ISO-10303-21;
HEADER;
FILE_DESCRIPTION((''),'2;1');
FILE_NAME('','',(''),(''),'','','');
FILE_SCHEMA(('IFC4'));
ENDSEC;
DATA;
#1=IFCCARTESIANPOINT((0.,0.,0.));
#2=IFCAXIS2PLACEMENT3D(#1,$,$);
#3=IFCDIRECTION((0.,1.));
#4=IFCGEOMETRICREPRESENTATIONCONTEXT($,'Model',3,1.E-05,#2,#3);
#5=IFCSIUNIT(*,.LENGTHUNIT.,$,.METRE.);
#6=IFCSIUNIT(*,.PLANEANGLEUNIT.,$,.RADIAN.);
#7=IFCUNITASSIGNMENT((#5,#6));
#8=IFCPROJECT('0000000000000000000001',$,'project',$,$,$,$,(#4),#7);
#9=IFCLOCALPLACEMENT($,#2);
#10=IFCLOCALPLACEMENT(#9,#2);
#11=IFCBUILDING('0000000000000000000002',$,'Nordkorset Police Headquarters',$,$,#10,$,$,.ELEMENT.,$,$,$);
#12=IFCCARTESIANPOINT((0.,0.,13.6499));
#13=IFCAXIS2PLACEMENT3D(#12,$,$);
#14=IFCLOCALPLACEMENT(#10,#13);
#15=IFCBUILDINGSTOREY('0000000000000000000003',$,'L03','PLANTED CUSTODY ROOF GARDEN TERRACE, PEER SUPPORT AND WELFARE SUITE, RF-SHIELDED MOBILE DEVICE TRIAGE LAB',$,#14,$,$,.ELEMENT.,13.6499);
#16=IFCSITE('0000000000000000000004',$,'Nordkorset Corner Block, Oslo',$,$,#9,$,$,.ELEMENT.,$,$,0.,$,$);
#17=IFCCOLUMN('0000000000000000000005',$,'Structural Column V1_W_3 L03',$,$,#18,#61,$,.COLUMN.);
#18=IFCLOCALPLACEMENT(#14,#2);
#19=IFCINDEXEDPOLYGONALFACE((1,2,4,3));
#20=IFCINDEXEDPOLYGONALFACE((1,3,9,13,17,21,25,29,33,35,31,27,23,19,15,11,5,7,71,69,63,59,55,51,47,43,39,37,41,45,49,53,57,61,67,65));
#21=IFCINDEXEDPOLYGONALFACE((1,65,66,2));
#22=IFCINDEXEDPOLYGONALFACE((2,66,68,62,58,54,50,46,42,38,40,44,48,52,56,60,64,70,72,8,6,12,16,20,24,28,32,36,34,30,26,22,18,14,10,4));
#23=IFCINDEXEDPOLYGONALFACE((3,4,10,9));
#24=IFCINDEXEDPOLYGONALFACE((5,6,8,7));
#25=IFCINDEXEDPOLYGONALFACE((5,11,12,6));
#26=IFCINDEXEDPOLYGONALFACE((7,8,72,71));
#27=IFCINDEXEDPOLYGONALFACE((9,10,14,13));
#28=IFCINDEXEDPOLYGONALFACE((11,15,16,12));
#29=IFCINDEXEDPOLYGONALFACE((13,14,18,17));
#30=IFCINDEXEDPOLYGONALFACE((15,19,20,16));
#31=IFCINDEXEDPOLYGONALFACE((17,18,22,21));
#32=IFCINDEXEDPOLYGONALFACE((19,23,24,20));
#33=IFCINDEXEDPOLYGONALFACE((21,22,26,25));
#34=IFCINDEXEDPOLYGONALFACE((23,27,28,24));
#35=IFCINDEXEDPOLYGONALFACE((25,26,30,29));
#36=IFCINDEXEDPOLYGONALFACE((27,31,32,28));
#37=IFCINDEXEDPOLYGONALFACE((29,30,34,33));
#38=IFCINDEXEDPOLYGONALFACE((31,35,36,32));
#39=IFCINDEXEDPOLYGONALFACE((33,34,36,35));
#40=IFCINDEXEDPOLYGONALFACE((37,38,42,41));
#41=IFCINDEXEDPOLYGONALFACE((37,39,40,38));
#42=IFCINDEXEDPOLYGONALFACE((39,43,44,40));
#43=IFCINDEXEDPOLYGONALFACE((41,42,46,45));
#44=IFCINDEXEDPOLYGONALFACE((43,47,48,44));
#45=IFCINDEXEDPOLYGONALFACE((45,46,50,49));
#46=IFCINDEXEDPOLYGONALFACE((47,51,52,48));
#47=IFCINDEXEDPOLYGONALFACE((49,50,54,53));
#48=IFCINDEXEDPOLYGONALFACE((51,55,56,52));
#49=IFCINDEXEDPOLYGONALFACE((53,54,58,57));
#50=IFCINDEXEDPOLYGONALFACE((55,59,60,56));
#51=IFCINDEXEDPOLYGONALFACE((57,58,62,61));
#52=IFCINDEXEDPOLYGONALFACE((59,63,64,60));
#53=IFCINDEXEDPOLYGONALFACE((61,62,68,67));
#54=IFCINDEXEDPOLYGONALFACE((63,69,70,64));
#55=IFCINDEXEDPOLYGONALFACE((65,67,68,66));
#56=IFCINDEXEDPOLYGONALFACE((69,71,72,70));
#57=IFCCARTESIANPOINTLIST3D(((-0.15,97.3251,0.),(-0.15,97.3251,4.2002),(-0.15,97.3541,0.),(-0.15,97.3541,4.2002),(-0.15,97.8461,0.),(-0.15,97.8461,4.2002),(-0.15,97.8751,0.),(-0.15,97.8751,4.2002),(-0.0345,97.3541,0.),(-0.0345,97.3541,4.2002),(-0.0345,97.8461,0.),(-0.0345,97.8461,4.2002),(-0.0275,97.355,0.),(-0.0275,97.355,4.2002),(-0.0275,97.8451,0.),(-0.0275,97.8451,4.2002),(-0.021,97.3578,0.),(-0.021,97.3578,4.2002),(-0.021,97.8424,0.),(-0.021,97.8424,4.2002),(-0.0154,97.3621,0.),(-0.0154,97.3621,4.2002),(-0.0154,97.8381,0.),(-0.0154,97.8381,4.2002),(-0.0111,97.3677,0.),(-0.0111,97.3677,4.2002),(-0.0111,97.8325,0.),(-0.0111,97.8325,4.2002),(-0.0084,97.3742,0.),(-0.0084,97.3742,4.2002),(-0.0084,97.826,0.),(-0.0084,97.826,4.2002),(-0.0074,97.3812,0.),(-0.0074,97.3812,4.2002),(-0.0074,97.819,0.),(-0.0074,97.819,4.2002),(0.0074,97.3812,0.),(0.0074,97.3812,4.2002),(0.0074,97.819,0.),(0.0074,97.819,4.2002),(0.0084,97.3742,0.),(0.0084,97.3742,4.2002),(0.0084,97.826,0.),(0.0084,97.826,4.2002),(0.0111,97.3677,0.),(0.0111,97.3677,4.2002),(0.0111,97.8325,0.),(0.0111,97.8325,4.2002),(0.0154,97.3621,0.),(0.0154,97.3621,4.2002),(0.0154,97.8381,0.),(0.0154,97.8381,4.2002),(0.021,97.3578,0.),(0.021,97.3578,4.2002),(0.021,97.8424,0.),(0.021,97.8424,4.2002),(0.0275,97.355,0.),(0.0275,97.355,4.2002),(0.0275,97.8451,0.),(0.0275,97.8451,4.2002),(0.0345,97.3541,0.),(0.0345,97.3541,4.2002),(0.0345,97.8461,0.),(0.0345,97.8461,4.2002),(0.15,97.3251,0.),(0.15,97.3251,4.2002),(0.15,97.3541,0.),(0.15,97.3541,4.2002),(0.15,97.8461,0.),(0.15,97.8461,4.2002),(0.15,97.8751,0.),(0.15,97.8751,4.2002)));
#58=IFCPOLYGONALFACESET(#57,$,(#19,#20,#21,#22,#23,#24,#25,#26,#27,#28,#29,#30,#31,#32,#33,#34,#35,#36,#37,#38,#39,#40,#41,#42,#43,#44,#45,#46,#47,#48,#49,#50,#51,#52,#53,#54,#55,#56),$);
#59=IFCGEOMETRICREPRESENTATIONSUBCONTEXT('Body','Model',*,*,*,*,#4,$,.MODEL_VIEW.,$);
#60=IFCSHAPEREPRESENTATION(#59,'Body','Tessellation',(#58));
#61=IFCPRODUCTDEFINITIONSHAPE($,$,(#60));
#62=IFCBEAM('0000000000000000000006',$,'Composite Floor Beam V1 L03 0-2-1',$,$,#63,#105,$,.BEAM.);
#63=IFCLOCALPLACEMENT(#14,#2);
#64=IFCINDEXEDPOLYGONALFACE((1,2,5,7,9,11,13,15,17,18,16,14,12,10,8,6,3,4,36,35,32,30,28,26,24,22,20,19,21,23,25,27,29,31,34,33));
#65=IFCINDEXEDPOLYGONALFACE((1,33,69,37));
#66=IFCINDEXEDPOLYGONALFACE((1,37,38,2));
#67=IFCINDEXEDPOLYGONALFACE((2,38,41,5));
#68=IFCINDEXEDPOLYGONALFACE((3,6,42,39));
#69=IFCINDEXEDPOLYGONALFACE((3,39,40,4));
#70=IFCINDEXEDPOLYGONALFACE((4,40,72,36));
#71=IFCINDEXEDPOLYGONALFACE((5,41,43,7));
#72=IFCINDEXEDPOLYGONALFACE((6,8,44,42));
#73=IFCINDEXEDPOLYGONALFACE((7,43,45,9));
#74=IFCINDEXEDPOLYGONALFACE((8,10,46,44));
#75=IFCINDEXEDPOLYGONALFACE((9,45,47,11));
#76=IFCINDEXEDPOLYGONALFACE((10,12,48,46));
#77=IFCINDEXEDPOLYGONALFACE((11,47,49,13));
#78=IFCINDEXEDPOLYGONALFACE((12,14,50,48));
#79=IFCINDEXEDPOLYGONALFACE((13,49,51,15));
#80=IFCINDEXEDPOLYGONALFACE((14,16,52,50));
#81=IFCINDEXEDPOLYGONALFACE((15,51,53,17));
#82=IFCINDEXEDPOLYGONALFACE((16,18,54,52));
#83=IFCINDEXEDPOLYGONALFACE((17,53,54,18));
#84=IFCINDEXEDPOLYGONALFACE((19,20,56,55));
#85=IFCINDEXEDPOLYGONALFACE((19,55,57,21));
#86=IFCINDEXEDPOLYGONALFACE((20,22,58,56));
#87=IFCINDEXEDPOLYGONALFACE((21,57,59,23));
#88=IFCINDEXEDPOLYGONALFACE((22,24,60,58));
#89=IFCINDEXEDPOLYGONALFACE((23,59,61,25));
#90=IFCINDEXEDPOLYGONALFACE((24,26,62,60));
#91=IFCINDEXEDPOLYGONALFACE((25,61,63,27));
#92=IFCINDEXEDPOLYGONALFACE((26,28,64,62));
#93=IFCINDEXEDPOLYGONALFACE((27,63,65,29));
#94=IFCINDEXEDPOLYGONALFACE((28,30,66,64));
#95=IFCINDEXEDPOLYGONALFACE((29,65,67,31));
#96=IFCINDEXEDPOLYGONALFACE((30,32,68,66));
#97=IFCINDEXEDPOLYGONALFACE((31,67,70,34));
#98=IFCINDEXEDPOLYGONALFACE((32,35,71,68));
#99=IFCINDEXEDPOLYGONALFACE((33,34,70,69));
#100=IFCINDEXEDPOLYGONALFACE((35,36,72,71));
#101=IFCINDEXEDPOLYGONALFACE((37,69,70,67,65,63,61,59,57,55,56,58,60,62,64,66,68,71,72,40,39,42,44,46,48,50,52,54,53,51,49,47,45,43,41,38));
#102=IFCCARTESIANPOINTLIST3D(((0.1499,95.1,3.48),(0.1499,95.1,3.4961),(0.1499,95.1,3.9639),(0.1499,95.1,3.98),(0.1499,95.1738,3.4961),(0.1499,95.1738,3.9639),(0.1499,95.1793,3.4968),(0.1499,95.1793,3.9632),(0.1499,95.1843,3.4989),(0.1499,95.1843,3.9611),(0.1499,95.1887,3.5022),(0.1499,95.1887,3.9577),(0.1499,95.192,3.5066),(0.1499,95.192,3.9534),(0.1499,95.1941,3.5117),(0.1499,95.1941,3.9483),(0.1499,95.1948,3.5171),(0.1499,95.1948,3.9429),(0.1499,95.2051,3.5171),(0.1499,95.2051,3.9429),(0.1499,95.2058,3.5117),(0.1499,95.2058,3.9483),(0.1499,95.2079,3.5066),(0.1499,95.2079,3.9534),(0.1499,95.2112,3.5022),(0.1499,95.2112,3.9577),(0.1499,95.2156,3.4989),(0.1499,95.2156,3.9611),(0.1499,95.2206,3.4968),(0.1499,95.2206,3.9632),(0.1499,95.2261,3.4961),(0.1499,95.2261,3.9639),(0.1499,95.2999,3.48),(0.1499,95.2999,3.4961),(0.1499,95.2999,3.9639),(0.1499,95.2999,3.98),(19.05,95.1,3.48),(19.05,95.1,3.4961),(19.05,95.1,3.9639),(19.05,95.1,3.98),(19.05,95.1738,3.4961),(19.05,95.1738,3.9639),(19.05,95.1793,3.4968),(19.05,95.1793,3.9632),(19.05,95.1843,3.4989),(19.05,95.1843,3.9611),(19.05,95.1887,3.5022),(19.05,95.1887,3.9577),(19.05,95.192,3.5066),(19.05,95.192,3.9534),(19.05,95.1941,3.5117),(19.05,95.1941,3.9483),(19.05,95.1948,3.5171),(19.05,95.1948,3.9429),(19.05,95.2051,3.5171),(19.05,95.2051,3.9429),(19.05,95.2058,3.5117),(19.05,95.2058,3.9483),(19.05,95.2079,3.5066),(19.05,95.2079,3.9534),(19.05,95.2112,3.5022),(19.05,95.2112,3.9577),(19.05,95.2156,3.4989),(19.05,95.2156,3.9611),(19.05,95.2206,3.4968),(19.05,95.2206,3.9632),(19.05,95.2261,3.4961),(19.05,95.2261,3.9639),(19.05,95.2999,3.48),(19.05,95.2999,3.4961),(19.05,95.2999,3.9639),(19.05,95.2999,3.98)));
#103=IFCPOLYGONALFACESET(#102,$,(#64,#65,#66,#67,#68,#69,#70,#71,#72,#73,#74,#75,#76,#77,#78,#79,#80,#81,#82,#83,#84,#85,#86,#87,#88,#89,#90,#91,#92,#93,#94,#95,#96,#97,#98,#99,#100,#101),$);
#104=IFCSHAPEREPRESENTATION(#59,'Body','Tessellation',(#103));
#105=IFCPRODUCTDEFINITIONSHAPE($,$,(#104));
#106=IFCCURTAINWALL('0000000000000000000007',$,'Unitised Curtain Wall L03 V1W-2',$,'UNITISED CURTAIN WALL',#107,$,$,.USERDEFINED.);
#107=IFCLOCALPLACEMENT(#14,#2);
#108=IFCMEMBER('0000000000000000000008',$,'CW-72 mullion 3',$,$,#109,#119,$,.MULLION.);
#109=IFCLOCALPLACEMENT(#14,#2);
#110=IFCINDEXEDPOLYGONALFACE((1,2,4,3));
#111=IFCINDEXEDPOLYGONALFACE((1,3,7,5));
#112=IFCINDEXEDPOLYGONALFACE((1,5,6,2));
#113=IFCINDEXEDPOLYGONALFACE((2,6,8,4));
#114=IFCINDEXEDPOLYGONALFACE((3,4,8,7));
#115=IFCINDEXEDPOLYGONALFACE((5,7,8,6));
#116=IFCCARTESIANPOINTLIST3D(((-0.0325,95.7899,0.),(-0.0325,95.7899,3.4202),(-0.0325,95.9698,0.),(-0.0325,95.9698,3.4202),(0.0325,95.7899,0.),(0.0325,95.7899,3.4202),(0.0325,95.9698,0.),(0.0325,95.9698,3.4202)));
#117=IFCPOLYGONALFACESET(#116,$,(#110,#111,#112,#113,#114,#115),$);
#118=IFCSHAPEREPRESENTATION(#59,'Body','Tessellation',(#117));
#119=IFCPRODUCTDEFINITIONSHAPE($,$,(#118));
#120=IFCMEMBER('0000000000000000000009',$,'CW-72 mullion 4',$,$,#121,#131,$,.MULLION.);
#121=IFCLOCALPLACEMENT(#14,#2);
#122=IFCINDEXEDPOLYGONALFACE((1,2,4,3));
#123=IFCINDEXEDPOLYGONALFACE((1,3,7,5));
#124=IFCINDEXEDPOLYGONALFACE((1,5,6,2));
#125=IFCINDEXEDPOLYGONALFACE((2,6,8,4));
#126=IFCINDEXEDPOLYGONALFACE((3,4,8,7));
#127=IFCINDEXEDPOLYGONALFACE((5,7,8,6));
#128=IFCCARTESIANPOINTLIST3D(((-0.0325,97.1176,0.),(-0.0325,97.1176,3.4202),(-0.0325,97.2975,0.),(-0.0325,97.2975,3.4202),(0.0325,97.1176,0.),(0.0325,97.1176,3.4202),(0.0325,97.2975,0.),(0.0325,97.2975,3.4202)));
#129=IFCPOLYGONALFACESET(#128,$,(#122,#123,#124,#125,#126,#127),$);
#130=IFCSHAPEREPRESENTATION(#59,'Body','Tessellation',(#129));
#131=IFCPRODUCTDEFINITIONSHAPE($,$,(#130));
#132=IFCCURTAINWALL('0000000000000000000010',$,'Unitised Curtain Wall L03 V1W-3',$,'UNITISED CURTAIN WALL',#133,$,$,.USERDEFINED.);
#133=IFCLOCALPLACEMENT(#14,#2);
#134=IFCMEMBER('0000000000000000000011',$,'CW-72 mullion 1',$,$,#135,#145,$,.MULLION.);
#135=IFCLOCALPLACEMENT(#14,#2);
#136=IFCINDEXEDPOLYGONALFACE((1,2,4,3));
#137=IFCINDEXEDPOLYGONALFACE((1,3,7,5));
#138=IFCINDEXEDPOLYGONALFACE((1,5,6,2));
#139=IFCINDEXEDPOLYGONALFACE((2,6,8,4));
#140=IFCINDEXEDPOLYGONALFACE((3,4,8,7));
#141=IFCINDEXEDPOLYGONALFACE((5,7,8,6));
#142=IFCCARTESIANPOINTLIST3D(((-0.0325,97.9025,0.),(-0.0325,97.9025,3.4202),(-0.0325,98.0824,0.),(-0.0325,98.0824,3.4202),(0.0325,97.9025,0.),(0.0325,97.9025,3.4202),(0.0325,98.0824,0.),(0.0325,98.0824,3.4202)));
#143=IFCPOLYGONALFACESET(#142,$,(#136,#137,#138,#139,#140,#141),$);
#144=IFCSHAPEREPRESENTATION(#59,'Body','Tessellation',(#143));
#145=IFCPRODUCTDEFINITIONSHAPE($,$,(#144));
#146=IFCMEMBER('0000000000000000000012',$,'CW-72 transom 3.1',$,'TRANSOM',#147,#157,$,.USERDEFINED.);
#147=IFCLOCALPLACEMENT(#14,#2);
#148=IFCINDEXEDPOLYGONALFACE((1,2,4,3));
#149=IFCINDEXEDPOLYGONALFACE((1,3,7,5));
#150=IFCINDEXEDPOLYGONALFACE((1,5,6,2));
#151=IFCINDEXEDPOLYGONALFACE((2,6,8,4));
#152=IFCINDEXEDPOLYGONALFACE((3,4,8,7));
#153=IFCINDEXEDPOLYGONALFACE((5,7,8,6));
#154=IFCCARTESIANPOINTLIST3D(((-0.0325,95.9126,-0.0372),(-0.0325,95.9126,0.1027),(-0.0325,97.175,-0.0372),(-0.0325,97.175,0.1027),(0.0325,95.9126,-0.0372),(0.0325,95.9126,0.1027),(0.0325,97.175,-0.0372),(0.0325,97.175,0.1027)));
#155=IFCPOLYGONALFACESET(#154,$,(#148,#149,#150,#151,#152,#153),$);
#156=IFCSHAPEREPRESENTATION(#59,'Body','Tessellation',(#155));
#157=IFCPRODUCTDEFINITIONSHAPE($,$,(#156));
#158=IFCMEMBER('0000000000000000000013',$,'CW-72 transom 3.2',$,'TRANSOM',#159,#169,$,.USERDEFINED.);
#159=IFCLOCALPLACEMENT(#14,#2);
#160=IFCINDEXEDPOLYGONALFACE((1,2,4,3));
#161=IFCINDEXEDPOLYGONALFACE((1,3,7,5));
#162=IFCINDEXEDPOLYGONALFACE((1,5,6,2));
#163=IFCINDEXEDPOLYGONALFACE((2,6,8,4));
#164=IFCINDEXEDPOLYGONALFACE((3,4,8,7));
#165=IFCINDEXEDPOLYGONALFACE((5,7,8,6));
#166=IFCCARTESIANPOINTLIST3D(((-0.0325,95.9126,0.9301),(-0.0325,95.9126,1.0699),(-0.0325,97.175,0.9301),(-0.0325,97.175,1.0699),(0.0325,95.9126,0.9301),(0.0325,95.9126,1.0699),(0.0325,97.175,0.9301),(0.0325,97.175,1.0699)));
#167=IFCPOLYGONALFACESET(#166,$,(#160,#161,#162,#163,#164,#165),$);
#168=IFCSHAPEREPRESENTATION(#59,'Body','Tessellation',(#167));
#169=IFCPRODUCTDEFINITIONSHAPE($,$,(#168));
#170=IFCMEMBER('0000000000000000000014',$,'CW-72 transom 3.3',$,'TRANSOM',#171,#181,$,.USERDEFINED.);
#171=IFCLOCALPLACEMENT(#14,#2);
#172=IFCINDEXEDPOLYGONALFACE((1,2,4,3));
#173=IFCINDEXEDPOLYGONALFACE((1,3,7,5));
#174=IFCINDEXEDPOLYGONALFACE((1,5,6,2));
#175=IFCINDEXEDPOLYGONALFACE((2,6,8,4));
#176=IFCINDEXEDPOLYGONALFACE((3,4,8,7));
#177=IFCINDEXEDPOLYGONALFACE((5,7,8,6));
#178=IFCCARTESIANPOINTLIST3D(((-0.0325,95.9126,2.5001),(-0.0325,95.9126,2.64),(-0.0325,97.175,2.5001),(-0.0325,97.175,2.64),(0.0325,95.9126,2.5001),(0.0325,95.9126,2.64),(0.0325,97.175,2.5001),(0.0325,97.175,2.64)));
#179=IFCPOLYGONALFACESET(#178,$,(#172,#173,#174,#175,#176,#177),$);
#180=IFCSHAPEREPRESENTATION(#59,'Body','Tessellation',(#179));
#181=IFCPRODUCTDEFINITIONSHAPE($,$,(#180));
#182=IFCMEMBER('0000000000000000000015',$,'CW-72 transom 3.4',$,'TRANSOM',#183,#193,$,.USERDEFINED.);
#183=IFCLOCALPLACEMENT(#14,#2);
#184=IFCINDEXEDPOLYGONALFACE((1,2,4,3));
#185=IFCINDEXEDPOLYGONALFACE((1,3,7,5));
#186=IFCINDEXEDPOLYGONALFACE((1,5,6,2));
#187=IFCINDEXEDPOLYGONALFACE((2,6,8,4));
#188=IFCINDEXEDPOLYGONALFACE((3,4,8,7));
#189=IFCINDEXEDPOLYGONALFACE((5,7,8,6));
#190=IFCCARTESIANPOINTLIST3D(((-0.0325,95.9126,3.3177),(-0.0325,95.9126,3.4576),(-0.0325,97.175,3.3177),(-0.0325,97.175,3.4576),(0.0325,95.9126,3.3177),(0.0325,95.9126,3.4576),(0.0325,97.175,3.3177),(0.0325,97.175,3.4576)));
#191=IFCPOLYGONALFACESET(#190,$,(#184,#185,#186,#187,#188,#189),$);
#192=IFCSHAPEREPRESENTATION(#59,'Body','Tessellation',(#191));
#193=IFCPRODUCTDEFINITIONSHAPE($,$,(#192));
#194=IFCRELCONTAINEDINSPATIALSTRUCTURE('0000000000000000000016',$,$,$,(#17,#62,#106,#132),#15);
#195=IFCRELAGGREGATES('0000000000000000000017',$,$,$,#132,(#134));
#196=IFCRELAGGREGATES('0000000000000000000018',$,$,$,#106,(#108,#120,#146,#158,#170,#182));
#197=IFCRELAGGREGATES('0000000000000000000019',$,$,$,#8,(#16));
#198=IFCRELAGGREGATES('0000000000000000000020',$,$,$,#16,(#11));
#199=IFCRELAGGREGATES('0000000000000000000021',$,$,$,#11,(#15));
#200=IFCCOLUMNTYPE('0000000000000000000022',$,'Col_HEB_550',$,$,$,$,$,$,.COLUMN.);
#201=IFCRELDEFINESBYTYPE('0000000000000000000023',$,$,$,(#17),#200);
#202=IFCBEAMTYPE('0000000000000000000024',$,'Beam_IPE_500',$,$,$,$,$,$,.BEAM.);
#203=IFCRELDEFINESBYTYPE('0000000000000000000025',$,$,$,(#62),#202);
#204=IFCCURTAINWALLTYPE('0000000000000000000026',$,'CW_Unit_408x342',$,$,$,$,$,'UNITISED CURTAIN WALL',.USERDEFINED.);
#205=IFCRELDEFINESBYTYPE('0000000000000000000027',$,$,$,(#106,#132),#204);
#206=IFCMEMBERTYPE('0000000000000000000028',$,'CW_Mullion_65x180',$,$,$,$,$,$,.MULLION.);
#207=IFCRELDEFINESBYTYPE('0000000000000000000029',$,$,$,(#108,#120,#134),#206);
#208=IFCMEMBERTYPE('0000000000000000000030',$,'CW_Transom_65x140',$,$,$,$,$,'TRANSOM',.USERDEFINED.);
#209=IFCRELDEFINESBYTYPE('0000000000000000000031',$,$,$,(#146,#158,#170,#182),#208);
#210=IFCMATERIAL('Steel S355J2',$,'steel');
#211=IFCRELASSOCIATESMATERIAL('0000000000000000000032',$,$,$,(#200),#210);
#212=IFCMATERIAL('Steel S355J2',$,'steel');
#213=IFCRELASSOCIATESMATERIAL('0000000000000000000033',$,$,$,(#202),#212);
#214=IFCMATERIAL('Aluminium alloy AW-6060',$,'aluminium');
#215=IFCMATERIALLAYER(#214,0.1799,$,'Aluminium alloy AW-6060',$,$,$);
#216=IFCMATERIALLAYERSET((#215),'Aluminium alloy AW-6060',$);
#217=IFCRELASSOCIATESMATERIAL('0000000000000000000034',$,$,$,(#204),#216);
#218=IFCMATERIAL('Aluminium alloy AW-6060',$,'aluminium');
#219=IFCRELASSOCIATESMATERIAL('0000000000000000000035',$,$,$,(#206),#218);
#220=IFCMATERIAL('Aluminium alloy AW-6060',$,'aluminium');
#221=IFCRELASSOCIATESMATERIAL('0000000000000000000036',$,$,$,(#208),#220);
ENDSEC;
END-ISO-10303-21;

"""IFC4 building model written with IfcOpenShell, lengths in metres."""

from ifc_helpers import new_model, si_unit, direction, frame, origin, origin_2d, place, context, subcontext, project, spatial, rectangle, i_section, extrude, material, layer, layer_set, material_profile, profile_set, type_object, element, aggregate, save


model = new_model("IFC4")

# Units and contexts
model_context = context("Model", 3, precision=1e-05, world=origin(), true_north=direction((0.0, 1.0)))
body_context = subcontext(model_context, "Body", "Model", "MODEL_VIEW")
ifc_project = project(units=[si_unit("LENGTHUNIT", "METRE"), si_unit("PLANEANGLEUNIT", "RADIAN")], contexts=[model_context])

# Site, building, storey
site_placement = place(None, origin())
site = spatial("IfcSite", under=ifc_project, at=site_placement, Name="Nordkorset Corner Block, Oslo", CompositionType="ELEMENT", RefElevation=0.0)
building_placement = place(site_placement, origin())
building = spatial("IfcBuilding", under=site, at=building_placement, Name="Nordkorset Police Headquarters", CompositionType="ELEMENT")
storey_placement = place(building_placement, frame((0.0, 0.0, 13.6499)))
storey = spatial("IfcBuildingStorey", under=building, at=storey_placement, Name="L03", Description="PLANTED CUSTODY ROOF GARDEN TERRACE, PEER SUPPORT AND WELFARE SUITE, RF-SHIELDED MOBILE DEVICE TRIAGE LAB", CompositionType="ELEMENT", Elevation=13.6499)

# Column
ifc_material_1 = material(Name="Steel S355J2", Category="steel")
ifc_material_profile_1 = material_profile(ifc_material_1, i_section(OverallWidth=0.3, OverallDepth=0.55, WebThickness=0.0149, FlangeThickness=0.0291, FilletRadius=0.0271, at=origin_2d()), Name="HEB 550")
ifc_profile_set_1 = profile_set([ifc_material_profile_1], Name="Steel S355J2")
column_type = type_object("IfcColumnType", Name="Col_HEB_550", PredefinedType="COLUMN", material=ifc_profile_set_1)
column_placement = place(storey_placement, frame((0.0, 97.6001, 0.0), z_axis=(0.0, 0.0, 1.0), x_axis=(1.0, 0.0, 0.0)))
element("IfcColumn", 1, at=column_placement, inside=storey, type_object=column_type, Name="Structural Column V1_W_3 L03", PredefinedType="COLUMN", context=body_context, shape_type="SweptSolid", body=[
    extrude(i_section(OverallWidth=0.3, OverallDepth=0.55, WebThickness=0.0149, FlangeThickness=0.0291, FilletRadius=0.0271, at=origin_2d()), origin(), (0.0, 0.0, 1.0), 4.2002),
])

# Beam
ifc_material_2 = material(Name="Steel S355J2", Category="steel")
ifc_material_profile_2 = material_profile(ifc_material_2, i_section(OverallWidth=0.2, OverallDepth=0.5, WebThickness=0.0103, FlangeThickness=0.0161, FilletRadius=0.021, at=origin_2d()), Name="IPE 500")
ifc_profile_set_2 = profile_set([ifc_material_profile_2], Name="Steel S355J2")
beam_type_1 = type_object("IfcBeamType", Name="Beam_IPE_500", PredefinedType="BEAM", material=ifc_profile_set_2)
beam_1_placement = place(storey_placement, frame((0.1499, 95.2, 3.73), z_axis=(1.0, 0.0, 0.0), x_axis=(0.0, 1.0, 0.0)))
element("IfcBeam", 2, at=beam_1_placement, inside=storey, type_object=beam_type_1, Name="Composite Floor Beam V1 L03 0-2-1", PredefinedType="BEAM", context=body_context, shape_type="SweptSolid", body=[
    extrude(i_section(OverallWidth=0.2, OverallDepth=0.5, WebThickness=0.0103, FlangeThickness=0.0161, FilletRadius=0.021, at=origin_2d()), origin(), (0.0, 0.0, 1.0), 18.9001),
])

# Curtain wall, members
ifc_material_3 = material(Name="Aluminium alloy AW-6060", Category="aluminium")
ifc_layer_1 = layer(ifc_material_3, 0.1799, Name="Aluminium alloy AW-6060")
ifc_layer_set_1 = layer_set([ifc_layer_1], Name="Aluminium alloy AW-6060")
curtain_wall_type = type_object("IfcCurtainWallType", Name="CW_Unit_408x342", ElementType="UNITISED CURTAIN WALL", PredefinedType="USERDEFINED", material=ifc_layer_set_1)
curtain_wall_1_placement = place(storey_placement, origin())
curtain_wall_1 = element("IfcCurtainWall", 3, at=curtain_wall_1_placement, inside=storey, type_object=curtain_wall_type, Name="Unitised Curtain Wall L03 V1W-2", ObjectType="UNITISED CURTAIN WALL", PredefinedType="USERDEFINED")
ifc_material_4 = material(Name="Aluminium alloy AW-6060", Category="aluminium")
ifc_material_profile_3 = material_profile(ifc_material_4, rectangle(XDim=0.0649, YDim=0.1799, at=origin_2d()), Name="ALU MULL 65x180")
ifc_profile_set_3 = profile_set([ifc_material_profile_3], Name="Aluminium alloy AW-6060")
member_type_1 = type_object("IfcMemberType", Name="CW_Mullion_65x180", PredefinedType="MULLION", material=ifc_profile_set_3)
member_1_placement = place(storey_placement, frame((0.0, 95.8799, 0.0), z_axis=(0.0, 0.0, 1.0), x_axis=(-1.0, 0.0, 0.0)))
member_1 = element("IfcMember", 4, at=member_1_placement, type_object=member_type_1, Name="CW-72 mullion 3", PredefinedType="MULLION", context=body_context, shape_type="SweptSolid", body=[
    extrude(rectangle(XDim=0.0649, YDim=0.1799, at=origin_2d()), origin(), (0.0, 0.0, 1.0), 3.4202),
])
member_2_placement = place(storey_placement, frame((0.0, 97.2075, 0.0), z_axis=(0.0, 0.0, 1.0), x_axis=(-1.0, 0.0, 0.0)))
member_2 = element("IfcMember", 5, at=member_2_placement, type_object=member_type_1, Name="CW-72 mullion 4", PredefinedType="MULLION", context=body_context, shape_type="SweptSolid", body=[
    extrude(rectangle(XDim=0.0649, YDim=0.1799, at=origin_2d()), origin(), (0.0, 0.0, 1.0), 3.4202),
])

# Curtain wall, member
curtain_wall_2_placement = place(storey_placement, origin())
curtain_wall_2 = element("IfcCurtainWall", 6, at=curtain_wall_2_placement, inside=storey, type_object=curtain_wall_type, Name="Unitised Curtain Wall L03 V1W-3", ObjectType="UNITISED CURTAIN WALL", PredefinedType="USERDEFINED")
member_3_placement = place(storey_placement, frame((0.0, 97.9924, 0.0), z_axis=(0.0, 0.0, 1.0), x_axis=(-1.0, 0.0, 0.0)))
member_3 = element("IfcMember", 7, at=member_3_placement, type_object=member_type_1, Name="CW-72 mullion 1", PredefinedType="MULLION", context=body_context, shape_type="SweptSolid", body=[
    extrude(rectangle(XDim=0.0649, YDim=0.1799, at=origin_2d()), origin(), (0.0, 0.0, 1.0), 3.4202),
])

# Members
ifc_material_5 = material(Name="Aluminium alloy AW-6060", Category="aluminium")
ifc_material_profile_4 = material_profile(ifc_material_5, rectangle(XDim=0.0649, YDim=0.1399, at=origin_2d()), Name="ALU TRAN 65x140")
ifc_profile_set_4 = profile_set([ifc_material_profile_4], Name="Aluminium alloy AW-6060")
member_type_2 = type_object("IfcMemberType", Name="CW_Transom_65x140", ElementType="TRANSOM", PredefinedType="USERDEFINED", material=ifc_profile_set_4)
member_4_placement = place(storey_placement, frame((0.0, 95.9126, 0.0327), z_axis=(0.0, 1.0, 0.0), x_axis=(-1.0, 0.0, 0.0)))
member_4 = element("IfcMember", 8, at=member_4_placement, type_object=member_type_2, Name="CW-72 transom 3.1", ObjectType="TRANSOM", PredefinedType="USERDEFINED", context=body_context, shape_type="SweptSolid", body=[
    extrude(rectangle(XDim=0.0649, YDim=0.1399, at=origin_2d()), origin(), (0.0, 0.0, 1.0), 1.2625),
])
member_5_placement = place(storey_placement, frame((0.0, 95.9126, 1.0), z_axis=(0.0, 1.0, 0.0), x_axis=(-1.0, 0.0, 0.0)))
member_5 = element("IfcMember", 9, at=member_5_placement, type_object=member_type_2, Name="CW-72 transom 3.2", ObjectType="TRANSOM", PredefinedType="USERDEFINED", context=body_context, shape_type="SweptSolid", body=[
    extrude(rectangle(XDim=0.0649, YDim=0.1399, at=origin_2d()), origin(), (0.0, 0.0, 1.0), 1.2625),
])
member_6_placement = place(storey_placement, frame((0.0, 95.9126, 2.5701), z_axis=(0.0, 1.0, 0.0), x_axis=(-1.0, 0.0, 0.0)))
member_6 = element("IfcMember", 10, at=member_6_placement, type_object=member_type_2, Name="CW-72 transom 3.3", ObjectType="TRANSOM", PredefinedType="USERDEFINED", context=body_context, shape_type="SweptSolid", body=[
    extrude(rectangle(XDim=0.0649, YDim=0.1399, at=origin_2d()), origin(), (0.0, 0.0, 1.0), 1.2625),
])
member_7_placement = place(storey_placement, frame((0.0, 95.9126, 3.3877), z_axis=(0.0, 1.0, 0.0), x_axis=(-1.0, 0.0, 0.0)))
member_7 = element("IfcMember", 11, at=member_7_placement, type_object=member_type_2, Name="CW-72 transom 3.4", ObjectType="TRANSOM", PredefinedType="USERDEFINED", context=body_context, shape_type="SweptSolid", body=[
    extrude(rectangle(XDim=0.0649, YDim=0.1399, at=origin_2d()), origin(), (0.0, 0.0, 1.0), 1.2625),
])
aggregate(curtain_wall_2, [member_3])

aggregate(curtain_wall_1, [member_1, member_2, member_4, member_5, member_6, member_7])

save(model, "model.ifc")
